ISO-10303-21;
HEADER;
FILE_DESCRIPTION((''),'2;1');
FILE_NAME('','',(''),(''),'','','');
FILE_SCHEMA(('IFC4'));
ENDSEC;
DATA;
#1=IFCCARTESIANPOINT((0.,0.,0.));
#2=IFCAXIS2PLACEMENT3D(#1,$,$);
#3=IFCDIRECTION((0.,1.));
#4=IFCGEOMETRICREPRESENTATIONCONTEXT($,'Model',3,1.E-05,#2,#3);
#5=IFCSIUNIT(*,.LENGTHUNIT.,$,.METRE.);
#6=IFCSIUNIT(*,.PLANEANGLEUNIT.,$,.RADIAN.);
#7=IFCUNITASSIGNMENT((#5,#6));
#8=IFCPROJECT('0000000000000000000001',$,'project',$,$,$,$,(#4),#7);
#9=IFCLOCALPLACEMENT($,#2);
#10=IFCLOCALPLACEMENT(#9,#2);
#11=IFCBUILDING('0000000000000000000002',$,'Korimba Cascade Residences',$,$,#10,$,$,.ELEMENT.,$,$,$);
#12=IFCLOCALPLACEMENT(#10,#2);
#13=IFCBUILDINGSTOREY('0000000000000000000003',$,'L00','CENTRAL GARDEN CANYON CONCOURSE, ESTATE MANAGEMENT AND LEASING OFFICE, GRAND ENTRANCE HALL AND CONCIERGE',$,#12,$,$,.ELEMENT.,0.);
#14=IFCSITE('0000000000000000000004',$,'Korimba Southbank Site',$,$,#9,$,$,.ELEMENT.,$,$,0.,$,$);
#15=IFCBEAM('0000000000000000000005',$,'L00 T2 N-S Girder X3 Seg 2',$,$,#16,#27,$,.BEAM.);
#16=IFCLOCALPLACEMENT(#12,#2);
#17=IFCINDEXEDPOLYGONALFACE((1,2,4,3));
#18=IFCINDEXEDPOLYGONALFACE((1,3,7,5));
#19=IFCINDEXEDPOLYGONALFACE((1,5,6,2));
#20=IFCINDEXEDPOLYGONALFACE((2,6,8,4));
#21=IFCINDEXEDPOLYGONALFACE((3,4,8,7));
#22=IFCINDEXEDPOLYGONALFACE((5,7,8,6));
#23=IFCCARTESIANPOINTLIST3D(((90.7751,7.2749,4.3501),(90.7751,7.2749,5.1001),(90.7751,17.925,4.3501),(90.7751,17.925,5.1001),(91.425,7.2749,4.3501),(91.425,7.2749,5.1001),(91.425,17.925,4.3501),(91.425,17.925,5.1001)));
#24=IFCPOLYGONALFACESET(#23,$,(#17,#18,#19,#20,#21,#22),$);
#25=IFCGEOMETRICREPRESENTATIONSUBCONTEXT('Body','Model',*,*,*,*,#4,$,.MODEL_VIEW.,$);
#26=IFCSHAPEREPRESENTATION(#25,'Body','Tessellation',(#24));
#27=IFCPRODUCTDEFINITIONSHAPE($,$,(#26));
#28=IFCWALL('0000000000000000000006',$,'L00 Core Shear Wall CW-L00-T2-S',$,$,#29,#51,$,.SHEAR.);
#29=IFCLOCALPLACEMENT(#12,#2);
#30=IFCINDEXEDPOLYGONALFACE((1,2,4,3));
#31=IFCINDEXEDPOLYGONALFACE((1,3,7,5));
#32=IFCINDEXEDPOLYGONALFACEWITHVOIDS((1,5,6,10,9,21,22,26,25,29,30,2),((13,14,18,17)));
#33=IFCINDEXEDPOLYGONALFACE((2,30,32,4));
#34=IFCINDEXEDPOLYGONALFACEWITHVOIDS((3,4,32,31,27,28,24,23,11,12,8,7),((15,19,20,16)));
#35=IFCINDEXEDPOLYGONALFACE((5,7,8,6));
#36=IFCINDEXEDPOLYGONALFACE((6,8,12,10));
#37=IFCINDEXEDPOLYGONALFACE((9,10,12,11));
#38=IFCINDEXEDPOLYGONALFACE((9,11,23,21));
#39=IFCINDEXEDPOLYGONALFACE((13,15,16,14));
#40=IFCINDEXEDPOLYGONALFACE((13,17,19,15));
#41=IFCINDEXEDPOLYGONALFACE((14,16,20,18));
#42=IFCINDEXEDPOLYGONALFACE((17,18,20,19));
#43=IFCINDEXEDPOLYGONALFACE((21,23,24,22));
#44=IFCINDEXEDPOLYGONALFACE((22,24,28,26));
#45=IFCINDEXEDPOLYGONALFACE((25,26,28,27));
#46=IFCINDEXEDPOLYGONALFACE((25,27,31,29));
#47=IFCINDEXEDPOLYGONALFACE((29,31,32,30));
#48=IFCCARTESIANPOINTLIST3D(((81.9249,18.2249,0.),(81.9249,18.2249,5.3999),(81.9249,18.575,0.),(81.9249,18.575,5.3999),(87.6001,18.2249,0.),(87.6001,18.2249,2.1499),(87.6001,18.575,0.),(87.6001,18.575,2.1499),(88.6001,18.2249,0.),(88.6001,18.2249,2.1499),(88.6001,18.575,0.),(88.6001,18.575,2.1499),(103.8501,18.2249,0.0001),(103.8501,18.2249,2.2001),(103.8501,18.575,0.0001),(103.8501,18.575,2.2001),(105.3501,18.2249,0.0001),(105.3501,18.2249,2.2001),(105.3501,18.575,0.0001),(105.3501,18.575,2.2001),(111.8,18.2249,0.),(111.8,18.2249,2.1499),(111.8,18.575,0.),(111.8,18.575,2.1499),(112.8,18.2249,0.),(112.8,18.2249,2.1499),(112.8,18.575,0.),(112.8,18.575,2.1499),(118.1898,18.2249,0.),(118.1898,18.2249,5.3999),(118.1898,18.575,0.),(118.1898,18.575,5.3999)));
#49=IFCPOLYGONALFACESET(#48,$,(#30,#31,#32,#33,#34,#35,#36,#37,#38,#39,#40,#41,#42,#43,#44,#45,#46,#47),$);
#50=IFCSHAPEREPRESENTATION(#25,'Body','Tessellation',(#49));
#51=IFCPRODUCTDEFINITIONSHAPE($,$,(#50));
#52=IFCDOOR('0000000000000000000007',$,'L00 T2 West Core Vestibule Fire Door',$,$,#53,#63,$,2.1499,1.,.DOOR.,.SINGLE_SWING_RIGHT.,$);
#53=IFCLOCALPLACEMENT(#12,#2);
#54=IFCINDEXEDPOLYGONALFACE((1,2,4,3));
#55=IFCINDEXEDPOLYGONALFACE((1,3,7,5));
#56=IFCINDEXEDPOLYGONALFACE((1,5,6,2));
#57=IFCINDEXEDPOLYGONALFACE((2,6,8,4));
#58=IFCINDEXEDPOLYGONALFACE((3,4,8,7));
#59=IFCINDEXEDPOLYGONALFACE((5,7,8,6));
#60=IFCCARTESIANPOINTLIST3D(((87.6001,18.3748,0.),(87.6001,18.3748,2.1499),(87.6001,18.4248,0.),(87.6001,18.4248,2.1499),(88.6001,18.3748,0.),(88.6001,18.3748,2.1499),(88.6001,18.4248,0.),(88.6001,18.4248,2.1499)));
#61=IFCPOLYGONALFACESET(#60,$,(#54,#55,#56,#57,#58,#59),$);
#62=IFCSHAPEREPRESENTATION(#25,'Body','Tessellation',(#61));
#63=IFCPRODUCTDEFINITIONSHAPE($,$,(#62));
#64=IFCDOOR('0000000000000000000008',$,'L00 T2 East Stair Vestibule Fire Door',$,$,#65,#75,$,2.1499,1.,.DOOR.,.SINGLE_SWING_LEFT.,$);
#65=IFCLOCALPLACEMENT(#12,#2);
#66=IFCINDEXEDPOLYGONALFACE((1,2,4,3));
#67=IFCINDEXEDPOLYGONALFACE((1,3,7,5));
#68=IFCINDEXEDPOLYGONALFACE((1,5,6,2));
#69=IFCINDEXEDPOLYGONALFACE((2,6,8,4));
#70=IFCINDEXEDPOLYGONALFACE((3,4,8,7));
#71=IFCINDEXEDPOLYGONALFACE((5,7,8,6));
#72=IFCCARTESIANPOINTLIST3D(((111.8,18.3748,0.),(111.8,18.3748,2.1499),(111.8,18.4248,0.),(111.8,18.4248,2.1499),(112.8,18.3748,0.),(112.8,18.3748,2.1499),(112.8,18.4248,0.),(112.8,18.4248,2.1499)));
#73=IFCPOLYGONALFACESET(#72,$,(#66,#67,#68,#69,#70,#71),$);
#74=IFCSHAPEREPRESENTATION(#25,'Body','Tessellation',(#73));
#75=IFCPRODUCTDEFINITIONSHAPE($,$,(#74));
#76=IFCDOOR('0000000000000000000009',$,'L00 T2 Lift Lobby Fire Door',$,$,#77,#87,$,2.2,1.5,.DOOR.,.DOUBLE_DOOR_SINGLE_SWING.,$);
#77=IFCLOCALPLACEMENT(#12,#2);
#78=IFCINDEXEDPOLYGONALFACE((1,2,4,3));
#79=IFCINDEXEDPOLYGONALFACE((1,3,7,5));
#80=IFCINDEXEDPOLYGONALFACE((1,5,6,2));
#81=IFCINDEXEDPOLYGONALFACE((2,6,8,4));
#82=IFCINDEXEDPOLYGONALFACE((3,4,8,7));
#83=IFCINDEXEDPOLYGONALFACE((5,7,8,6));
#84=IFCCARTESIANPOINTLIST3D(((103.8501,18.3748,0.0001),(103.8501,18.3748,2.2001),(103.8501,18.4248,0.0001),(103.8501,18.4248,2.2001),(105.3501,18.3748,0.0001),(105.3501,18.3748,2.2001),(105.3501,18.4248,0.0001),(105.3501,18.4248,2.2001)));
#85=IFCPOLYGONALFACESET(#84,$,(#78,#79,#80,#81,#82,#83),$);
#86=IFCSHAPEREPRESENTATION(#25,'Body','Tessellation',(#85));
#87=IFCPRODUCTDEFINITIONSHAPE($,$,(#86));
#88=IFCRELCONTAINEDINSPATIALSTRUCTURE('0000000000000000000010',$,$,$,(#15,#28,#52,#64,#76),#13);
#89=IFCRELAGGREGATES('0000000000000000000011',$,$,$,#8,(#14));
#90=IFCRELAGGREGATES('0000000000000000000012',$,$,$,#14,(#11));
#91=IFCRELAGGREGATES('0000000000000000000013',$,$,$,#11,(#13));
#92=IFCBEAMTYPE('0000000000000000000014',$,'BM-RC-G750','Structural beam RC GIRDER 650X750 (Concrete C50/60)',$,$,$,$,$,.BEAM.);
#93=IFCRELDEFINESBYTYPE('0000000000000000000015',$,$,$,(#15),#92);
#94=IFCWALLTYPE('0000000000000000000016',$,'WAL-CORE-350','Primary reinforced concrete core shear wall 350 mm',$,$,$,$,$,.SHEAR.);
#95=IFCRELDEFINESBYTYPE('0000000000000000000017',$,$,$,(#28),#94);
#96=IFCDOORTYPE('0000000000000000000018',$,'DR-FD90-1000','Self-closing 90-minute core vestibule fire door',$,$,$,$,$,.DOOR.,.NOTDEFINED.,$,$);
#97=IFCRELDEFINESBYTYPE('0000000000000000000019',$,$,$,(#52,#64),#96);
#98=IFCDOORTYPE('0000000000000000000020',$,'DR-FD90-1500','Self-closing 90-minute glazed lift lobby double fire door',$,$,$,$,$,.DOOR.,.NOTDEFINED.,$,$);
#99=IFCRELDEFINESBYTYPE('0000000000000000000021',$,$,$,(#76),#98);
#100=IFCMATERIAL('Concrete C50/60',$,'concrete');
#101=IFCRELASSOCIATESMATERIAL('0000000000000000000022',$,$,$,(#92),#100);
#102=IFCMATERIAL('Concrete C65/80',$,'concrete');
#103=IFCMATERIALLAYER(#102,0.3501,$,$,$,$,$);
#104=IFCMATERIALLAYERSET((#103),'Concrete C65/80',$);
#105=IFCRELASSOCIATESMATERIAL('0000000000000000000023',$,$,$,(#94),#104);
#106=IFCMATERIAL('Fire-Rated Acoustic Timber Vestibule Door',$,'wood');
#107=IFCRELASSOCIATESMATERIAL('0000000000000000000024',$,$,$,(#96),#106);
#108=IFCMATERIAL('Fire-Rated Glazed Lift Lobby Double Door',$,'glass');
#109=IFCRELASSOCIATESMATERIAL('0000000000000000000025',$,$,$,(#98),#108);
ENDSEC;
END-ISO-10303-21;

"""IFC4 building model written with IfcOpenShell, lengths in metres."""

from ifc_helpers import new_model, si_unit, direction, frame, frame_2d, origin, origin_2d, place, context, subcontext, project, spatial, rectangle, extrude, material, layer, layer_set, material_profile, profile_set, type_object, element, fill, save


model = new_model("IFC4")

# Units and contexts
model_context = context("Model", 3, precision=1e-05, world=origin(), true_north=direction((0.0, 1.0)))
body_context = subcontext(model_context, "Body", "Model", "MODEL_VIEW")
ifc_project = project(units=[si_unit("LENGTHUNIT", "METRE"), si_unit("PLANEANGLEUNIT", "RADIAN")], contexts=[model_context])

# Site, building, storey
site_placement = place(None, origin())
site = spatial("IfcSite", under=ifc_project, at=site_placement, Name="Korimba Southbank Site", CompositionType="ELEMENT", RefElevation=0.0)
building_placement = place(site_placement, origin())
building = spatial("IfcBuilding", under=site, at=building_placement, Name="Korimba Cascade Residences", CompositionType="ELEMENT")
storey_placement = place(building_placement, origin())
storey = spatial("IfcBuildingStorey", under=building, at=storey_placement, Name="L00", Description="CENTRAL GARDEN CANYON CONCOURSE, ESTATE MANAGEMENT AND LEASING OFFICE, GRAND ENTRANCE HALL AND CONCIERGE", CompositionType="ELEMENT", Elevation=0.0)

# Beam
ifc_material_1 = material(Name="Concrete C50/60", Category="concrete")
ifc_material_profile_1 = material_profile(ifc_material_1, rectangle(XDim=0.6499, YDim=0.75, at=origin_2d()), Name="Concrete C50/60")
ifc_profile_set_1 = profile_set([ifc_material_profile_1], Name="Concrete C50/60")
beam_type_1 = type_object("IfcBeamType", Name="BM-RC-G750", Description="Structural beam RC GIRDER 650X750 (Concrete C50/60)", PredefinedType="BEAM", material=ifc_profile_set_1)
beam_1_placement = place(storey_placement, frame((91.1001, 7.2749, 4.7251), z_axis=(0.0, 1.0, 0.0), x_axis=(-1.0, 0.0, 0.0)))
element("IfcBeam", 1, at=beam_1_placement, inside=storey, type_object=beam_type_1, Name="L00 T2 N-S Girder X3 Seg 2", PredefinedType="BEAM", context=body_context, shape_type="SweptSolid", body=[
    extrude(rectangle(XDim=0.6499, YDim=0.75, at=origin_2d()), origin(), (0.0, 0.0, 1.0), 10.6501),
])

# Wall, openings, doors
ifc_material_2 = material(Name="Concrete C65/80", Category="concrete")
ifc_layer = layer(ifc_material_2, 0.3501)
ifc_layer_set = layer_set([ifc_layer], Name="Concrete C65/80")
wall_type = type_object("IfcWallType", Name="WAL-CORE-350", Description="Primary reinforced concrete core shear wall 350 mm", PredefinedType="SHEAR", material=ifc_layer_set)
wall_placement = place(storey_placement, frame((81.925, 18.3999, 0.0), z_axis=(0.0, 0.0, 1.0), x_axis=(1.0, 0.0, 0.0)))
wall = element("IfcWall", 2, at=wall_placement, inside=storey, type_object=wall_type, Name="L00 Core Shear Wall CW-L00-T2-S", PredefinedType="SHEAR", context=body_context, shape_type="SweptSolid", body=[
    extrude(rectangle(XDim=36.2649, YDim=0.3501, at=frame_2d((18.1323, 0.0))), origin(), (0.0, 0.0, 1.0), 5.3999),
])
opening_1_placement = place(wall_placement, frame((5.675, 0.0, 0.0)))
opening_1 = element("IfcOpeningElement", 3, at=opening_1_placement, cuts=wall, PredefinedType="OPENING", context=body_context, shape_type="SweptSolid", body=[
    extrude(rectangle(XDim=1.0, YDim=2.1499, at=frame_2d((0.5, 1.075))), frame((0.0, 0.1851, 0.0), z_axis=(0.0, -1.0, 0.0), x_axis=(1.0, 0.0, 0.0)), (0.0, 0.0, 1.0), 0.3701),
])
opening_2_placement = place(wall_placement, frame((21.925, 0.0, 0.0)))
opening_2 = element("IfcOpeningElement", 4, at=opening_2_placement, cuts=wall, PredefinedType="OPENING", context=body_context, shape_type="SweptSolid", body=[
    extrude(rectangle(XDim=1.5, YDim=2.2, at=frame_2d((0.75, 1.1001))), frame((0.0, 0.1851, 0.0), z_axis=(0.0, -1.0, 0.0), x_axis=(1.0, 0.0, 0.0)), (0.0, 0.0, 1.0), 0.3701),
])
opening_3_placement = place(wall_placement, frame((29.875, 0.0, 0.0)))
opening_3 = element("IfcOpeningElement", 5, at=opening_3_placement, cuts=wall, PredefinedType="OPENING", context=body_context, shape_type="SweptSolid", body=[
    extrude(rectangle(XDim=1.0, YDim=2.1499, at=frame_2d((0.5, 1.075))), frame((0.0, 0.1851, 0.0), z_axis=(0.0, -1.0, 0.0), x_axis=(1.0, 0.0, 0.0)), (0.0, 0.0, 1.0), 0.3701),
])
ifc_material_3 = material(Name="Fire-Rated Acoustic Timber Vestibule Door", Category="wood")
door_type_1 = type_object("IfcDoorType", Name="DR-FD90-1000", Description="Self-closing 90-minute core vestibule fire door", OperationType="NOTDEFINED", PredefinedType="DOOR", material=ifc_material_3)
door_1_placement = place(opening_1_placement, origin())
door_1 = element("IfcDoor", 6, at=door_1_placement, inside=storey, type_object=door_type_1, Name="L00 T2 West Core Vestibule Fire Door", OperationType="SINGLE_SWING_RIGHT", OverallHeight=2.1499, OverallWidth=1.0, PredefinedType="DOOR", context=body_context, shape_type="SweptSolid", body=[
    extrude(rectangle(XDim=1.0, YDim=2.1499, at=frame_2d((0.5, 1.075))), frame((0.0, 0.0249, 0.0), z_axis=(0.0, -1.0, 0.0), x_axis=(1.0, 0.0, 0.0)), (0.0, 0.0, 1.0), 0.05),
])
fill(opening_1, door_1)
door_2_placement = place(opening_3_placement, origin())
door_2 = element("IfcDoor", 7, at=door_2_placement, inside=storey, type_object=door_type_1, Name="L00 T2 East Stair Vestibule Fire Door", OperationType="SINGLE_SWING_LEFT", OverallHeight=2.1499, OverallWidth=1.0, PredefinedType="DOOR", context=body_context, shape_type="SweptSolid", body=[
    extrude(rectangle(XDim=1.0, YDim=2.1499, at=frame_2d((0.5, 1.075))), frame((0.0, 0.0249, 0.0), z_axis=(0.0, -1.0, 0.0), x_axis=(1.0, 0.0, 0.0)), (0.0, 0.0, 1.0), 0.05),
])
fill(opening_3, door_2)
ifc_material_4 = material(Name="Fire-Rated Glazed Lift Lobby Double Door", Category="glass")
door_type_2 = type_object("IfcDoorType", Name="DR-FD90-1500", Description="Self-closing 90-minute glazed lift lobby double fire door", OperationType="NOTDEFINED", PredefinedType="DOOR", material=ifc_material_4)
door_3_placement = place(opening_2_placement, origin())
door_3 = element("IfcDoor", 8, at=door_3_placement, inside=storey, type_object=door_type_2, Name="L00 T2 Lift Lobby Fire Door", OperationType="DOUBLE_DOOR_SINGLE_SWING", OverallHeight=2.2, OverallWidth=1.5, PredefinedType="DOOR", context=body_context, shape_type="SweptSolid", body=[
    extrude(rectangle(XDim=1.5, YDim=2.2, at=frame_2d((0.75, 1.1001))), frame((0.0, 0.0249, 0.0), z_axis=(0.0, -1.0, 0.0), x_axis=(1.0, 0.0, 0.0)), (0.0, 0.0, 1.0), 0.05),
])
fill(opening_2, door_3)

save(model, "model.ifc")
